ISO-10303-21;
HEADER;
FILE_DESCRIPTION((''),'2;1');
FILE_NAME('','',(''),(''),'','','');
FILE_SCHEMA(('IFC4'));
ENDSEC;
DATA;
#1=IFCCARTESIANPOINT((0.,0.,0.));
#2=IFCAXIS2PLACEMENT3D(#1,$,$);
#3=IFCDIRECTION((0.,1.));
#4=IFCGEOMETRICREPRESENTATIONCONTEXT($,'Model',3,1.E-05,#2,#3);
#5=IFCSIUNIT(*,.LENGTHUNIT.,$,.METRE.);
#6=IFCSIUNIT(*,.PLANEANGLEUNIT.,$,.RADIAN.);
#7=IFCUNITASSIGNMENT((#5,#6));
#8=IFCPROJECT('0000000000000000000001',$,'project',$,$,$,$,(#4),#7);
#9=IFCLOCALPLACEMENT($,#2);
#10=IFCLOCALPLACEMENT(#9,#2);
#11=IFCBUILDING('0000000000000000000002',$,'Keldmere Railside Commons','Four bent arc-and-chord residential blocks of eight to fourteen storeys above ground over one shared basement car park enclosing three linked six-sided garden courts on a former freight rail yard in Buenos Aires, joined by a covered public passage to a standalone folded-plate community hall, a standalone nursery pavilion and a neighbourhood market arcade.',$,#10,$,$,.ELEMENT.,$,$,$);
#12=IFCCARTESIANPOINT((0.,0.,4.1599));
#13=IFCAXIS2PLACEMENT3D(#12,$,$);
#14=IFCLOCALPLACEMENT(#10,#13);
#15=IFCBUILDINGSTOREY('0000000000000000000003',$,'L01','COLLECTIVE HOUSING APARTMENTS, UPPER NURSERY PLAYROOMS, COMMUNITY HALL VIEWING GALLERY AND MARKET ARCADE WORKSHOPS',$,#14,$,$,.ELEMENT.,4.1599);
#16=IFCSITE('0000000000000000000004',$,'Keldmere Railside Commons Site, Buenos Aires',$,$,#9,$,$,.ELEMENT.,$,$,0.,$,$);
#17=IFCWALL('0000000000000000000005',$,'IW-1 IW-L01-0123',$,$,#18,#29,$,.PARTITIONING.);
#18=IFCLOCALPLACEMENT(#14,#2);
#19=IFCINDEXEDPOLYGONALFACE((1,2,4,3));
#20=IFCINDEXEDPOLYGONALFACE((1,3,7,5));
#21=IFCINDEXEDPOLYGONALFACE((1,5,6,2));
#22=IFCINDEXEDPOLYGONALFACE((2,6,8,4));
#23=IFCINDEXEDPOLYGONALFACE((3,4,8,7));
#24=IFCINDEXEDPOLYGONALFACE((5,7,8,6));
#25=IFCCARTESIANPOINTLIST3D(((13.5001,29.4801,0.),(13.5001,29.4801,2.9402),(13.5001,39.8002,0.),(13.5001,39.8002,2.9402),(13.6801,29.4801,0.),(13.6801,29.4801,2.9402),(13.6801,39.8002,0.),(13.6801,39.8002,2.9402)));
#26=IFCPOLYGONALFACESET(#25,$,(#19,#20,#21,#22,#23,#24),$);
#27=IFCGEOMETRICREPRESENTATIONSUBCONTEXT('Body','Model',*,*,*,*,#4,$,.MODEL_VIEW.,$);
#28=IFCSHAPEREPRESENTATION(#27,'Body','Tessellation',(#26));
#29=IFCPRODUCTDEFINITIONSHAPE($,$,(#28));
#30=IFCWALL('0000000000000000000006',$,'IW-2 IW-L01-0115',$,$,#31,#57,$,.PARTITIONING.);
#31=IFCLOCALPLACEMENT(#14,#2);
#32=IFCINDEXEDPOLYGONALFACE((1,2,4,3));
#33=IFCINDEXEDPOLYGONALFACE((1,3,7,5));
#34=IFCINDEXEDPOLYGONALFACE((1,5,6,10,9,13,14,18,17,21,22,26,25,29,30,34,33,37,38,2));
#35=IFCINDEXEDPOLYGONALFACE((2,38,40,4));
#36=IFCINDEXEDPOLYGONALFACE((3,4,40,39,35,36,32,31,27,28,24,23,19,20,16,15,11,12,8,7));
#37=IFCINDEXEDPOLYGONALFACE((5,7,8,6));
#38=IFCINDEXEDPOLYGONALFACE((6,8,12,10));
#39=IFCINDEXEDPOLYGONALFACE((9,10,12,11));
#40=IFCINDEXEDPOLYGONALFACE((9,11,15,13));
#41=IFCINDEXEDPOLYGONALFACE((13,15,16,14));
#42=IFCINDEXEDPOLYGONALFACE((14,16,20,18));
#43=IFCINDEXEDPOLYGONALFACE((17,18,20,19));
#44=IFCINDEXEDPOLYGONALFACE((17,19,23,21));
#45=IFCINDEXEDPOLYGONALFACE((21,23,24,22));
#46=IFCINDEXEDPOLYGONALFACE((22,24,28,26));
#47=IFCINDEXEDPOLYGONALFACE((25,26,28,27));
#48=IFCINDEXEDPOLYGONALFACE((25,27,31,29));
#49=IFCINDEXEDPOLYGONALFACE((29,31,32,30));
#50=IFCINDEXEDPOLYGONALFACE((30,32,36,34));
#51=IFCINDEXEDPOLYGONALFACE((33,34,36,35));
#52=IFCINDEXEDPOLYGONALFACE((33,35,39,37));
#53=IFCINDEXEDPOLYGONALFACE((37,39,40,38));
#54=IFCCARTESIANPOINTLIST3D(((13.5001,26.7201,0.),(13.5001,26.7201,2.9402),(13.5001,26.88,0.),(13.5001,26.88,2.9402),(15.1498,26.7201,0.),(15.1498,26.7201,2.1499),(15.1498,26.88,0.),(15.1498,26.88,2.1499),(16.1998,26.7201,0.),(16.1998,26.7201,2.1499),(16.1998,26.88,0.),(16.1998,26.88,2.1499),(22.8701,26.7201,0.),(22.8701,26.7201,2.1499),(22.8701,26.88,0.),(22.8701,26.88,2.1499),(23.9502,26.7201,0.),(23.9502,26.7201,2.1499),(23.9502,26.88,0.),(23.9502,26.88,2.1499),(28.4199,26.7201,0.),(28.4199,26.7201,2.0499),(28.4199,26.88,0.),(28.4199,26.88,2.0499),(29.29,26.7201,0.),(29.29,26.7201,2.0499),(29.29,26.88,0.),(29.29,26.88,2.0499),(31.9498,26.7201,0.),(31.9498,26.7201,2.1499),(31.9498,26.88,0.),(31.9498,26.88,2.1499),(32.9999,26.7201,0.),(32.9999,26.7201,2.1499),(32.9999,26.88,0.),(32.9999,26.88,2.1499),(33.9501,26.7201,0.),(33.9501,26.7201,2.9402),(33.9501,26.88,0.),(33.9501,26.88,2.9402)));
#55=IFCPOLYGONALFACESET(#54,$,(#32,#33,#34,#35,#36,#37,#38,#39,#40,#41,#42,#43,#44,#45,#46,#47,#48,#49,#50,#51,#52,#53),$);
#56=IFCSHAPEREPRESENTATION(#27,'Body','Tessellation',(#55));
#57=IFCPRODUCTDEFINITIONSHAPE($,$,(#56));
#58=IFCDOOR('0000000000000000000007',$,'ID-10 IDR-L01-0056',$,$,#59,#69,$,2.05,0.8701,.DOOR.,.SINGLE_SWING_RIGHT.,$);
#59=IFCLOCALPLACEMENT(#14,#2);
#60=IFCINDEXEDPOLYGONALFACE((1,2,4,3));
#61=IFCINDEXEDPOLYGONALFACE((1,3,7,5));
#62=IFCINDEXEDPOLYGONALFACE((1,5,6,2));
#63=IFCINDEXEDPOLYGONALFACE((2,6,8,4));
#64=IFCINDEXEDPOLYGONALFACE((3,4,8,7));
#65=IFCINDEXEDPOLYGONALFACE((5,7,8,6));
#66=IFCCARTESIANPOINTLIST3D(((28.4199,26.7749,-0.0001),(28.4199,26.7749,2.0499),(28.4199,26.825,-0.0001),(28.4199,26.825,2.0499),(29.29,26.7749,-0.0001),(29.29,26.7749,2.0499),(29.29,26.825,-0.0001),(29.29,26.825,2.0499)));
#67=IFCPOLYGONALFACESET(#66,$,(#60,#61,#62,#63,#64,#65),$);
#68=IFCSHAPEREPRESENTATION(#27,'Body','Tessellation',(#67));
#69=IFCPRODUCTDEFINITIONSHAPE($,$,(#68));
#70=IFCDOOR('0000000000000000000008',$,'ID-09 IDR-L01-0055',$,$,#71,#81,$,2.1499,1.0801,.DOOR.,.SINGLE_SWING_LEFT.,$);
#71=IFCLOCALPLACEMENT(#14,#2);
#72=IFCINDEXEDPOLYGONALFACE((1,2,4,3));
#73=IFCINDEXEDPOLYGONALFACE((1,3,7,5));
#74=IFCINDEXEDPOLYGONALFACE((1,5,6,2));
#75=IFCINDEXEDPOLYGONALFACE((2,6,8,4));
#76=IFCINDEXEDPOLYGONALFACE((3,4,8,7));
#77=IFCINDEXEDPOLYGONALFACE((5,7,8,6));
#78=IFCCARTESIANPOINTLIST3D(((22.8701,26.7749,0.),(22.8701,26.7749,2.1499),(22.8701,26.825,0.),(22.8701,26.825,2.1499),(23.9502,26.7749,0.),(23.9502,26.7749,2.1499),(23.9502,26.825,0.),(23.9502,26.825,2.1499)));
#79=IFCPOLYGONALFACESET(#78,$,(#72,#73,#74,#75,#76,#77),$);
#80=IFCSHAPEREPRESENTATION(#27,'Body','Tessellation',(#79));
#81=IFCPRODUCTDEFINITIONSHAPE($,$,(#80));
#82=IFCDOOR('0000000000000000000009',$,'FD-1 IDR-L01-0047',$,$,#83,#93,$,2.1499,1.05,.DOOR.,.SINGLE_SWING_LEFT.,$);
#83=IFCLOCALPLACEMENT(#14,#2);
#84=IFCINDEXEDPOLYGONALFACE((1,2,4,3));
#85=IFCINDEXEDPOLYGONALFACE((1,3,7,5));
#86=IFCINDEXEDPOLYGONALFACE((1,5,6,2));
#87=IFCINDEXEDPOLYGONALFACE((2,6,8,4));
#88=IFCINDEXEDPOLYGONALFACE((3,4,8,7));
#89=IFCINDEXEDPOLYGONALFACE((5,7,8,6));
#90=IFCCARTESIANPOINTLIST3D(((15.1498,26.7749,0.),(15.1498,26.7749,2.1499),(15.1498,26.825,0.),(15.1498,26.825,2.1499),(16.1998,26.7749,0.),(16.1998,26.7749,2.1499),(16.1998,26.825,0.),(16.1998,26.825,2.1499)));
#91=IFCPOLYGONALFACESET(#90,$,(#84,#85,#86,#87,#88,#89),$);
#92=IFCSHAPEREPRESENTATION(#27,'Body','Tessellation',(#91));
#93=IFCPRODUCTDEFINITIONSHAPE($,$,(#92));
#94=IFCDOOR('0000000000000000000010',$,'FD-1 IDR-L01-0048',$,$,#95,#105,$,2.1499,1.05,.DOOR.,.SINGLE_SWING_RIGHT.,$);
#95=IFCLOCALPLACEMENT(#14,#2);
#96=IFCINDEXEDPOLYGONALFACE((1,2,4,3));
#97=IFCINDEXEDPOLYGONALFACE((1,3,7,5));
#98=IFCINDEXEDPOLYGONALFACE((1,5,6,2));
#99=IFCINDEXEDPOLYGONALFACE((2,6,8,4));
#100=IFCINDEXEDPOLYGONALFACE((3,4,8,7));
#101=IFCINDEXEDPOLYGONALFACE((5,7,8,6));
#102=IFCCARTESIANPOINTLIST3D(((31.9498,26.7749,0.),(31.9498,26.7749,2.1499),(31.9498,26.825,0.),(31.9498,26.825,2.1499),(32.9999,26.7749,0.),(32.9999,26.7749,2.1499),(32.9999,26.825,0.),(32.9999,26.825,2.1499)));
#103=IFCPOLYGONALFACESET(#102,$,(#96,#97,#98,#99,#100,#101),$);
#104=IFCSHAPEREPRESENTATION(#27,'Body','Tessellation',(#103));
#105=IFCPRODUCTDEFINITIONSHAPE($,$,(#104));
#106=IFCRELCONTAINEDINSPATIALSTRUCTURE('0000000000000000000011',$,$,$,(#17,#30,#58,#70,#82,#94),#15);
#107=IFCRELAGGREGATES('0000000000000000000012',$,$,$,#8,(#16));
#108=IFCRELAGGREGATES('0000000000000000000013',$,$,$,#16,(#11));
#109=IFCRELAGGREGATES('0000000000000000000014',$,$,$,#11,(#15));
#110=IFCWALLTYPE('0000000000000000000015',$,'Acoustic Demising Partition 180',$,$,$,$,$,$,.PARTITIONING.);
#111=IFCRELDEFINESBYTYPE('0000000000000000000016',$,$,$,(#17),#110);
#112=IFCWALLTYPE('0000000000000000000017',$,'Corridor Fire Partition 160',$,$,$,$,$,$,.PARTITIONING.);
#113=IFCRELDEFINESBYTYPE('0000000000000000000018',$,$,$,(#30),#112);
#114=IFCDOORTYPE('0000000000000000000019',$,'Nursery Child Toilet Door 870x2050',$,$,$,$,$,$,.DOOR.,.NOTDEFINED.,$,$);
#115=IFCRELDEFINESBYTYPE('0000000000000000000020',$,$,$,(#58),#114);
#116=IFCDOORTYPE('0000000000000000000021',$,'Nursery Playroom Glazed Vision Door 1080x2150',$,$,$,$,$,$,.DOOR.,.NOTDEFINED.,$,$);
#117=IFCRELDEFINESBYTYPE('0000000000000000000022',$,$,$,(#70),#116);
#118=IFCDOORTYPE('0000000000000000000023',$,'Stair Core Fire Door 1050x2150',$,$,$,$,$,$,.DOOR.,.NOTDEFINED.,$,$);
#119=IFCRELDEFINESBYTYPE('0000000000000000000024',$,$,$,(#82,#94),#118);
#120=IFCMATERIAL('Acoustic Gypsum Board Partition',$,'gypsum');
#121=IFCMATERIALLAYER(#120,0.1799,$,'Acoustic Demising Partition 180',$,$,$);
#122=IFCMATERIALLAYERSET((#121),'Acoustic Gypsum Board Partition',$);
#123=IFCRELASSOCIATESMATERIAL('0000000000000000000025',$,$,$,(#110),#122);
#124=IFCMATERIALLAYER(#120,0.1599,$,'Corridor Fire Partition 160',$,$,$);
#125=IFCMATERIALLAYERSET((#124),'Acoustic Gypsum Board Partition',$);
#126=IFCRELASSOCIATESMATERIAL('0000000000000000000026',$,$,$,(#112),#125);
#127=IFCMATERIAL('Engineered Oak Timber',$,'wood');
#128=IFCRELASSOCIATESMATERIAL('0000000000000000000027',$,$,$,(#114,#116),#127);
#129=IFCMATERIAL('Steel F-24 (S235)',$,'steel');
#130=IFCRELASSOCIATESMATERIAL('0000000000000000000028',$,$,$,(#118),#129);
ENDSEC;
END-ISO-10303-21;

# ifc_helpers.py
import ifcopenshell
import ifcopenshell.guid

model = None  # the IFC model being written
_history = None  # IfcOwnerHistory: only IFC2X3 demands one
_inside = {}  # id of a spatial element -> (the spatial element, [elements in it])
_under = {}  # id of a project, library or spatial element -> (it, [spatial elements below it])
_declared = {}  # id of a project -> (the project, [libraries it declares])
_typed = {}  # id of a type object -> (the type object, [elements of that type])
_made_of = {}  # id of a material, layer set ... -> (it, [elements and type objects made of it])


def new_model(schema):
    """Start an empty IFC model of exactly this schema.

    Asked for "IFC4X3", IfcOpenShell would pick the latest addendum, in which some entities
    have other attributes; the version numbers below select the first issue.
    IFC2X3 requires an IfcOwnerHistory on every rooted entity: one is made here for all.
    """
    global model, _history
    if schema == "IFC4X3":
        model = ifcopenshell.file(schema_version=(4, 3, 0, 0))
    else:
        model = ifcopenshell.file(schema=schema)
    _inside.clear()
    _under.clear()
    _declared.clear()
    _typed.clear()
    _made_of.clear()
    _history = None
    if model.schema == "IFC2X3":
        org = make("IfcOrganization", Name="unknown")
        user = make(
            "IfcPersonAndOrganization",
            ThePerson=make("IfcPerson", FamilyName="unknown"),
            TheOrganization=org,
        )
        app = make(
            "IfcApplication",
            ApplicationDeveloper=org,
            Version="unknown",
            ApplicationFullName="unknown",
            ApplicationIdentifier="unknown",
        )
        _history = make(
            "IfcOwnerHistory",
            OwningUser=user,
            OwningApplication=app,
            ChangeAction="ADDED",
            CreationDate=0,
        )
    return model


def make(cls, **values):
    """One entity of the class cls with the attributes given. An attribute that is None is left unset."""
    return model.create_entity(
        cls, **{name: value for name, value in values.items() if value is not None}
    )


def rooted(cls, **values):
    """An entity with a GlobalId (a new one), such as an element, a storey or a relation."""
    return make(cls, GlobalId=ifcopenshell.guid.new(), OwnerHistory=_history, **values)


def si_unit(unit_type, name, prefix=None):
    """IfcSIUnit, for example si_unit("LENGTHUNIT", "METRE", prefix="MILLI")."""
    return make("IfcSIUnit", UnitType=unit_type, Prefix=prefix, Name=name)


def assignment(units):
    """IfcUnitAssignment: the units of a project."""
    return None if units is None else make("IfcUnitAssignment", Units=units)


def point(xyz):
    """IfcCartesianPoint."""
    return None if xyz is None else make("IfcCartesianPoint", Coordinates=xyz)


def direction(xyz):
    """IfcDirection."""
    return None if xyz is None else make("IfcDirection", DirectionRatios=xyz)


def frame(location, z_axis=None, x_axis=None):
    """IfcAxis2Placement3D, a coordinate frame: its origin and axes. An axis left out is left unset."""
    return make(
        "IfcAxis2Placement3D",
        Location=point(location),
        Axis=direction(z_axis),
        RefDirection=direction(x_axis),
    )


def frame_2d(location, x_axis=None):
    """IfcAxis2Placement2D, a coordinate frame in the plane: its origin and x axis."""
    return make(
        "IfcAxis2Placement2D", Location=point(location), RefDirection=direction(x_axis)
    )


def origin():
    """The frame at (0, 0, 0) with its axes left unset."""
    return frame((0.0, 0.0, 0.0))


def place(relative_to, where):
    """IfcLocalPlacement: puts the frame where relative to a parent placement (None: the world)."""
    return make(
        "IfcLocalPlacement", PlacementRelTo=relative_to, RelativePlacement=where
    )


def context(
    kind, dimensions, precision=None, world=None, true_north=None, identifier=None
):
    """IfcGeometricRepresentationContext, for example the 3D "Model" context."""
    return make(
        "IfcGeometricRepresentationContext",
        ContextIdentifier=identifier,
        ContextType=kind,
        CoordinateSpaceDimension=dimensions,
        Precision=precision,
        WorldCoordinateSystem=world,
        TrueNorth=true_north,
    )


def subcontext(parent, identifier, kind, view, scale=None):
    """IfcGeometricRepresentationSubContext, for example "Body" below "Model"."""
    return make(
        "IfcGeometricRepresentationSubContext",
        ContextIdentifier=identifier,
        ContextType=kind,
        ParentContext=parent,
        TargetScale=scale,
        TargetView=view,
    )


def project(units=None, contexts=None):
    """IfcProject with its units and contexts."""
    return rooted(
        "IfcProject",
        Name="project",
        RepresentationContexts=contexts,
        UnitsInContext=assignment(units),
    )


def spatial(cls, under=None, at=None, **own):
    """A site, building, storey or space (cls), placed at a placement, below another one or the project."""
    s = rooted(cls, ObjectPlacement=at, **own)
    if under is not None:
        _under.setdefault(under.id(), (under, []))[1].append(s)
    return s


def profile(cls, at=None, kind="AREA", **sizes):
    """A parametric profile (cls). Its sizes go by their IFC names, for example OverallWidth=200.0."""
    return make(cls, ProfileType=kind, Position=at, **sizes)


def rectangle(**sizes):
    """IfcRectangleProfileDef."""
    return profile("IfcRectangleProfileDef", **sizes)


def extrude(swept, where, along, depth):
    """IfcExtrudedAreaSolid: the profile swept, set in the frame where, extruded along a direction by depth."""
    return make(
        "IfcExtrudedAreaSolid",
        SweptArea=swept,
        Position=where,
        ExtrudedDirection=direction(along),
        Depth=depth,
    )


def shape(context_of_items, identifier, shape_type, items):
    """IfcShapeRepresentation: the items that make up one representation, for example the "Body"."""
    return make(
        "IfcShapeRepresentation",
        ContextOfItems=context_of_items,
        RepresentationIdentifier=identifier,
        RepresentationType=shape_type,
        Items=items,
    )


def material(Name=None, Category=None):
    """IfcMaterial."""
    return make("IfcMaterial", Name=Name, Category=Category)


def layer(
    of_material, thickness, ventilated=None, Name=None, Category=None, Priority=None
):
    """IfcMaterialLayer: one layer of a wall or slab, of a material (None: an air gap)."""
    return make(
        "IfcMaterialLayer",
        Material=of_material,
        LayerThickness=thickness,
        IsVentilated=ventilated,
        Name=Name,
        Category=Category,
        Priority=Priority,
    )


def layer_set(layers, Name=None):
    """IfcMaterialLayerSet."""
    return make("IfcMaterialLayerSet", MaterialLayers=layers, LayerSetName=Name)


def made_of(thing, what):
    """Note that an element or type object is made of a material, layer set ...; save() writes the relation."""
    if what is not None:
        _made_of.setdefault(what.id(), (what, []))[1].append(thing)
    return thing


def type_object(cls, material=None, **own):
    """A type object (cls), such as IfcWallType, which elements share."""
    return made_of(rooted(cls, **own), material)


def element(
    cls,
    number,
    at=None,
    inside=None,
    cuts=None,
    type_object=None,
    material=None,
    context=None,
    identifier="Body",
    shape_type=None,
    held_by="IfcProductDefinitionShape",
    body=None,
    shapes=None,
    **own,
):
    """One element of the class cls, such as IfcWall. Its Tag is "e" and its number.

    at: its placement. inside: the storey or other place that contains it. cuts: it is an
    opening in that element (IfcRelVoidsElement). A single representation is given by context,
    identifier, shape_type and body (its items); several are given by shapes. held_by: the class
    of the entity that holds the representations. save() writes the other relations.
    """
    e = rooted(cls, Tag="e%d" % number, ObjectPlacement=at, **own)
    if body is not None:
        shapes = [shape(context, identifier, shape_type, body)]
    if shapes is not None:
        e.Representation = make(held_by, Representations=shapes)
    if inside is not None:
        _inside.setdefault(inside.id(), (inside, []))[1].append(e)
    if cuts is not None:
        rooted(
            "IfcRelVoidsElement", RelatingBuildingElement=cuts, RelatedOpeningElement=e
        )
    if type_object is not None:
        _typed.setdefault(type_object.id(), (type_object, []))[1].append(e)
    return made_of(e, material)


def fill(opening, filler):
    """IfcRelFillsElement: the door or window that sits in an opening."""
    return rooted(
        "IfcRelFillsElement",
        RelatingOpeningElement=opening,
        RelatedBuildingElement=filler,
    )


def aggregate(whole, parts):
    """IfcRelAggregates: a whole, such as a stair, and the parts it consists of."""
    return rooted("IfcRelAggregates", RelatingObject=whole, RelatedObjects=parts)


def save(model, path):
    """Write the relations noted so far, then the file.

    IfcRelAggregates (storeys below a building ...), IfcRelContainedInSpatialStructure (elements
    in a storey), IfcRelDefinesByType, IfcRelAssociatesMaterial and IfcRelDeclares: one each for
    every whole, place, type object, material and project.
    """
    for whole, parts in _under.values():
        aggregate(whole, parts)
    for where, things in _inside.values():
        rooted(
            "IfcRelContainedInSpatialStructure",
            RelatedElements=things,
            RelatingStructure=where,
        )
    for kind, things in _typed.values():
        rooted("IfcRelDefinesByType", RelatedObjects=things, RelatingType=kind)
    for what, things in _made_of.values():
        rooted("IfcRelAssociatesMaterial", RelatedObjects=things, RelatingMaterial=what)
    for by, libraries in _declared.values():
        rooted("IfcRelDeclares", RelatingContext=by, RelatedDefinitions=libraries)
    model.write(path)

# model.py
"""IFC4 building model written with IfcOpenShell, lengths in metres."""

from ifc_helpers import new_model, si_unit, direction, frame, frame_2d, origin, place, context, subcontext, project, spatial, rectangle, extrude, material, layer, layer_set, type_object, element, fill, save


model = new_model("IFC4")

# Units and contexts
model_context = context("Model", 3, precision=1e-05, world=origin(), true_north=direction((0.0, 1.0)))
body_context = subcontext(model_context, "Body", "Model", "MODEL_VIEW")
ifc_project = project(units=[si_unit("LENGTHUNIT", "METRE"), si_unit("PLANEANGLEUNIT", "RADIAN")], contexts=[model_context])

# Site, building, storey
site_placement = place(None, origin())
site = spatial("IfcSite", under=ifc_project, at=site_placement, Name="Keldmere Railside Commons Site, Buenos Aires", CompositionType="ELEMENT", RefElevation=0.0)
building_placement = place(site_placement, origin())
building = spatial("IfcBuilding", under=site, at=building_placement, Name="Keldmere Railside Commons", Description="Four bent arc-and-chord residential blocks of eight to fourteen storeys above ground over one shared basement car park enclosing three linked six-sided garden courts on a former freight rail yard in Buenos Aires, joined by a covered public passage to a standalone folded-plate community hall, a standalone nursery pavilion and a neighbourhood market arcade.", CompositionType="ELEMENT")
storey_placement = place(building_placement, frame((0.0, 0.0, 4.1599)))
storey = spatial("IfcBuildingStorey", under=building, at=storey_placement, Name="L01", Description="COLLECTIVE HOUSING APARTMENTS, UPPER NURSERY PLAYROOMS, COMMUNITY HALL VIEWING GALLERY AND MARKET ARCADE WORKSHOPS", CompositionType="ELEMENT", Elevation=4.1599)

# Shared definitions
ifc_material_1 = material(Name="Steel F-24 (S235)", Category="steel")

# Wall
ifc_material_2 = material(Name="Acoustic Gypsum Board Partition", Category="gypsum")
ifc_layer_1 = layer(ifc_material_2, 0.1799, Name="Acoustic Demising Partition 180")
ifc_layer_set_1 = layer_set([ifc_layer_1], Name="Acoustic Gypsum Board Partition")
wall_type_1 = type_object("IfcWallType", Name="Acoustic Demising Partition 180", PredefinedType="PARTITIONING", material=ifc_layer_set_1)
wall_1_placement = place(storey_placement, frame((13.5901, 29.48, 0.0), z_axis=(0.0, 0.0, 1.0), x_axis=(0.0, 1.0, 0.0)))
element("IfcWall", 1, at=wall_1_placement, inside=storey, type_object=wall_type_1, Name="IW-1 IW-L01-0123", PredefinedType="PARTITIONING", context=body_context, shape_type="SweptSolid", body=[
    extrude(rectangle(XDim=10.3201, YDim=0.1799, at=frame_2d((5.1602, 0.0))), origin(), (0.0, 0.0, 1.0), 2.9402),
])

# Wall, openings, doors
ifc_layer_2 = layer(ifc_material_2, 0.1599, Name="Corridor Fire Partition 160")
ifc_layer_set_2 = layer_set([ifc_layer_2], Name="Acoustic Gypsum Board Partition")
wall_type_2 = type_object("IfcWallType", Name="Corridor Fire Partition 160", PredefinedType="PARTITIONING", material=ifc_layer_set_2)
wall_2_placement = place(storey_placement, frame((13.5, 26.8, 0.0), z_axis=(0.0, 0.0, 1.0), x_axis=(1.0, 0.0, 0.0)))
wall_2 = element("IfcWall", 2, at=wall_2_placement, inside=storey, type_object=wall_type_2, Name="IW-2 IW-L01-0115", PredefinedType="PARTITIONING", context=body_context, shape_type="SweptSolid", body=[
    extrude(rectangle(XDim=20.45, YDim=0.1599, at=frame_2d((10.2251, 0.0))), origin(), (0.0, 0.0, 1.0), 2.9402),
])
opening_1_placement = place(wall_2_placement, frame((1.6499, 0.0, 0.0)))
opening_1 = element("IfcOpeningElement", 3, at=opening_1_placement, cuts=wall_2, PredefinedType="OPENING", context=body_context, shape_type="SweptSolid", body=[
    extrude(rectangle(XDim=1.05, YDim=2.1499, at=frame_2d((0.5249, 1.075))), frame((0.0, 0.0898, 0.0), z_axis=(0.0, -1.0, 0.0), x_axis=(1.0, 0.0, 0.0)), (0.0, 0.0, 1.0), 0.1799),
])
opening_2_placement = place(wall_2_placement, frame((18.45, 0.0, 0.0)))
opening_2 = element("IfcOpeningElement", 4, at=opening_2_placement, cuts=wall_2, PredefinedType="OPENING", context=body_context, shape_type="SweptSolid", body=[
    extrude(rectangle(XDim=1.05, YDim=2.1499, at=frame_2d((0.5249, 1.075))), frame((0.0, 0.0898, 0.0), z_axis=(0.0, -1.0, 0.0), x_axis=(1.0, 0.0, 0.0)), (0.0, 0.0, 1.0), 0.1799),
])
opening_3_placement = place(wall_2_placement, frame((9.3701, 0.0, 0.0)))
opening_3 = element("IfcOpeningElement", 5, at=opening_3_placement, cuts=wall_2, PredefinedType="OPENING", context=body_context, shape_type="SweptSolid", body=[
    extrude(rectangle(XDim=1.0801, YDim=2.1499, at=frame_2d((0.54, 1.075))), frame((0.0, 0.0898, 0.0), z_axis=(0.0, -1.0, 0.0), x_axis=(1.0, 0.0, 0.0)), (0.0, 0.0, 1.0), 0.1799),
])
opening_4_placement = place(wall_2_placement, frame((14.9199, 0.0, 0.0)))
opening_4 = element("IfcOpeningElement", 6, at=opening_4_placement, cuts=wall_2, PredefinedType="OPENING", context=body_context, shape_type="SweptSolid", body=[
    extrude(rectangle(XDim=0.8701, YDim=2.05, at=frame_2d((0.4351, 1.0249))), frame((0.0, 0.0898, 0.0), z_axis=(0.0, -1.0, 0.0), x_axis=(1.0, 0.0, 0.0)), (0.0, 0.0, 1.0), 0.1799),
])
ifc_material_3 = material(Name="Engineered Oak Timber", Category="wood")
door_type_1 = type_object("IfcDoorType", Name="Nursery Child Toilet Door 870x2050", OperationType="NOTDEFINED", PredefinedType="DOOR", material=ifc_material_3)
door_1_placement = place(opening_4_placement, origin())
door_1 = element("IfcDoor", 7, at=door_1_placement, inside=storey, type_object=door_type_1, Name="ID-10 IDR-L01-0056", OperationType="SINGLE_SWING_RIGHT", OverallHeight=2.05, OverallWidth=0.8701, PredefinedType="DOOR", context=body_context, shape_type="SweptSolid", body=[
    extrude(rectangle(XDim=0.8701, YDim=2.05, at=frame_2d((0.4351, 1.0249))), frame((0.0, 0.0249, 0.0), z_axis=(0.0, -1.0, 0.0), x_axis=(1.0, 0.0, 0.0)), (0.0, 0.0, 1.0), 0.05),
])
fill(opening_4, door_1)
door_type_2 = type_object("IfcDoorType", Name="Nursery Playroom Glazed Vision Door 1080x2150", OperationType="NOTDEFINED", PredefinedType="DOOR", material=ifc_material_3)
door_2_placement = place(opening_3_placement, origin())
door_2 = element("IfcDoor", 8, at=door_2_placement, inside=storey, type_object=door_type_2, Name="ID-09 IDR-L01-0055", OperationType="SINGLE_SWING_LEFT", OverallHeight=2.1499, OverallWidth=1.0801, PredefinedType="DOOR", context=body_context, shape_type="SweptSolid", body=[
    extrude(rectangle(XDim=1.0801, YDim=2.1499, at=frame_2d((0.54, 1.075))), frame((0.0, 0.0249, 0.0), z_axis=(0.0, -1.0, 0.0), x_axis=(1.0, 0.0, 0.0)), (0.0, 0.0, 1.0), 0.05),
])
fill(opening_3, door_2)
door_type_3 = type_object("IfcDoorType", Name="Stair Core Fire Door 1050x2150", OperationType="NOTDEFINED", PredefinedType="DOOR", material=ifc_material_1)
door_3_placement = place(opening_1_placement, origin())
door_3 = element("IfcDoor", 9, at=door_3_placement, inside=storey, type_object=door_type_3, Name="FD-1 IDR-L01-0047", OperationType="SINGLE_SWING_LEFT", OverallHeight=2.1499, OverallWidth=1.05, PredefinedType="DOOR", context=body_context, shape_type="SweptSolid", body=[
    extrude(rectangle(XDim=1.05, YDim=2.1499, at=frame_2d((0.5249, 1.075))), frame((0.0, 0.0249, 0.0), z_axis=(0.0, -1.0, 0.0), x_axis=(1.0, 0.0, 0.0)), (0.0, 0.0, 1.0), 0.05),
])
fill(opening_1, door_3)
door_4_placement = place(opening_2_placement, origin())
door_4 = element("IfcDoor", 10, at=door_4_placement, inside=storey, type_object=door_type_3, Name="FD-1 IDR-L01-0048", OperationType="SINGLE_SWING_RIGHT", OverallHeight=2.1499, OverallWidth=1.05, PredefinedType="DOOR", context=body_context, shape_type="SweptSolid", body=[
    extrude(rectangle(XDim=1.05, YDim=2.1499, at=frame_2d((0.5249, 1.075))), frame((0.0, 0.0249, 0.0), z_axis=(0.0, -1.0, 0.0), x_axis=(1.0, 0.0, 0.0)), (0.0, 0.0, 1.0), 0.05),
])
fill(opening_2, door_4)

save(model, "model.ifc")
